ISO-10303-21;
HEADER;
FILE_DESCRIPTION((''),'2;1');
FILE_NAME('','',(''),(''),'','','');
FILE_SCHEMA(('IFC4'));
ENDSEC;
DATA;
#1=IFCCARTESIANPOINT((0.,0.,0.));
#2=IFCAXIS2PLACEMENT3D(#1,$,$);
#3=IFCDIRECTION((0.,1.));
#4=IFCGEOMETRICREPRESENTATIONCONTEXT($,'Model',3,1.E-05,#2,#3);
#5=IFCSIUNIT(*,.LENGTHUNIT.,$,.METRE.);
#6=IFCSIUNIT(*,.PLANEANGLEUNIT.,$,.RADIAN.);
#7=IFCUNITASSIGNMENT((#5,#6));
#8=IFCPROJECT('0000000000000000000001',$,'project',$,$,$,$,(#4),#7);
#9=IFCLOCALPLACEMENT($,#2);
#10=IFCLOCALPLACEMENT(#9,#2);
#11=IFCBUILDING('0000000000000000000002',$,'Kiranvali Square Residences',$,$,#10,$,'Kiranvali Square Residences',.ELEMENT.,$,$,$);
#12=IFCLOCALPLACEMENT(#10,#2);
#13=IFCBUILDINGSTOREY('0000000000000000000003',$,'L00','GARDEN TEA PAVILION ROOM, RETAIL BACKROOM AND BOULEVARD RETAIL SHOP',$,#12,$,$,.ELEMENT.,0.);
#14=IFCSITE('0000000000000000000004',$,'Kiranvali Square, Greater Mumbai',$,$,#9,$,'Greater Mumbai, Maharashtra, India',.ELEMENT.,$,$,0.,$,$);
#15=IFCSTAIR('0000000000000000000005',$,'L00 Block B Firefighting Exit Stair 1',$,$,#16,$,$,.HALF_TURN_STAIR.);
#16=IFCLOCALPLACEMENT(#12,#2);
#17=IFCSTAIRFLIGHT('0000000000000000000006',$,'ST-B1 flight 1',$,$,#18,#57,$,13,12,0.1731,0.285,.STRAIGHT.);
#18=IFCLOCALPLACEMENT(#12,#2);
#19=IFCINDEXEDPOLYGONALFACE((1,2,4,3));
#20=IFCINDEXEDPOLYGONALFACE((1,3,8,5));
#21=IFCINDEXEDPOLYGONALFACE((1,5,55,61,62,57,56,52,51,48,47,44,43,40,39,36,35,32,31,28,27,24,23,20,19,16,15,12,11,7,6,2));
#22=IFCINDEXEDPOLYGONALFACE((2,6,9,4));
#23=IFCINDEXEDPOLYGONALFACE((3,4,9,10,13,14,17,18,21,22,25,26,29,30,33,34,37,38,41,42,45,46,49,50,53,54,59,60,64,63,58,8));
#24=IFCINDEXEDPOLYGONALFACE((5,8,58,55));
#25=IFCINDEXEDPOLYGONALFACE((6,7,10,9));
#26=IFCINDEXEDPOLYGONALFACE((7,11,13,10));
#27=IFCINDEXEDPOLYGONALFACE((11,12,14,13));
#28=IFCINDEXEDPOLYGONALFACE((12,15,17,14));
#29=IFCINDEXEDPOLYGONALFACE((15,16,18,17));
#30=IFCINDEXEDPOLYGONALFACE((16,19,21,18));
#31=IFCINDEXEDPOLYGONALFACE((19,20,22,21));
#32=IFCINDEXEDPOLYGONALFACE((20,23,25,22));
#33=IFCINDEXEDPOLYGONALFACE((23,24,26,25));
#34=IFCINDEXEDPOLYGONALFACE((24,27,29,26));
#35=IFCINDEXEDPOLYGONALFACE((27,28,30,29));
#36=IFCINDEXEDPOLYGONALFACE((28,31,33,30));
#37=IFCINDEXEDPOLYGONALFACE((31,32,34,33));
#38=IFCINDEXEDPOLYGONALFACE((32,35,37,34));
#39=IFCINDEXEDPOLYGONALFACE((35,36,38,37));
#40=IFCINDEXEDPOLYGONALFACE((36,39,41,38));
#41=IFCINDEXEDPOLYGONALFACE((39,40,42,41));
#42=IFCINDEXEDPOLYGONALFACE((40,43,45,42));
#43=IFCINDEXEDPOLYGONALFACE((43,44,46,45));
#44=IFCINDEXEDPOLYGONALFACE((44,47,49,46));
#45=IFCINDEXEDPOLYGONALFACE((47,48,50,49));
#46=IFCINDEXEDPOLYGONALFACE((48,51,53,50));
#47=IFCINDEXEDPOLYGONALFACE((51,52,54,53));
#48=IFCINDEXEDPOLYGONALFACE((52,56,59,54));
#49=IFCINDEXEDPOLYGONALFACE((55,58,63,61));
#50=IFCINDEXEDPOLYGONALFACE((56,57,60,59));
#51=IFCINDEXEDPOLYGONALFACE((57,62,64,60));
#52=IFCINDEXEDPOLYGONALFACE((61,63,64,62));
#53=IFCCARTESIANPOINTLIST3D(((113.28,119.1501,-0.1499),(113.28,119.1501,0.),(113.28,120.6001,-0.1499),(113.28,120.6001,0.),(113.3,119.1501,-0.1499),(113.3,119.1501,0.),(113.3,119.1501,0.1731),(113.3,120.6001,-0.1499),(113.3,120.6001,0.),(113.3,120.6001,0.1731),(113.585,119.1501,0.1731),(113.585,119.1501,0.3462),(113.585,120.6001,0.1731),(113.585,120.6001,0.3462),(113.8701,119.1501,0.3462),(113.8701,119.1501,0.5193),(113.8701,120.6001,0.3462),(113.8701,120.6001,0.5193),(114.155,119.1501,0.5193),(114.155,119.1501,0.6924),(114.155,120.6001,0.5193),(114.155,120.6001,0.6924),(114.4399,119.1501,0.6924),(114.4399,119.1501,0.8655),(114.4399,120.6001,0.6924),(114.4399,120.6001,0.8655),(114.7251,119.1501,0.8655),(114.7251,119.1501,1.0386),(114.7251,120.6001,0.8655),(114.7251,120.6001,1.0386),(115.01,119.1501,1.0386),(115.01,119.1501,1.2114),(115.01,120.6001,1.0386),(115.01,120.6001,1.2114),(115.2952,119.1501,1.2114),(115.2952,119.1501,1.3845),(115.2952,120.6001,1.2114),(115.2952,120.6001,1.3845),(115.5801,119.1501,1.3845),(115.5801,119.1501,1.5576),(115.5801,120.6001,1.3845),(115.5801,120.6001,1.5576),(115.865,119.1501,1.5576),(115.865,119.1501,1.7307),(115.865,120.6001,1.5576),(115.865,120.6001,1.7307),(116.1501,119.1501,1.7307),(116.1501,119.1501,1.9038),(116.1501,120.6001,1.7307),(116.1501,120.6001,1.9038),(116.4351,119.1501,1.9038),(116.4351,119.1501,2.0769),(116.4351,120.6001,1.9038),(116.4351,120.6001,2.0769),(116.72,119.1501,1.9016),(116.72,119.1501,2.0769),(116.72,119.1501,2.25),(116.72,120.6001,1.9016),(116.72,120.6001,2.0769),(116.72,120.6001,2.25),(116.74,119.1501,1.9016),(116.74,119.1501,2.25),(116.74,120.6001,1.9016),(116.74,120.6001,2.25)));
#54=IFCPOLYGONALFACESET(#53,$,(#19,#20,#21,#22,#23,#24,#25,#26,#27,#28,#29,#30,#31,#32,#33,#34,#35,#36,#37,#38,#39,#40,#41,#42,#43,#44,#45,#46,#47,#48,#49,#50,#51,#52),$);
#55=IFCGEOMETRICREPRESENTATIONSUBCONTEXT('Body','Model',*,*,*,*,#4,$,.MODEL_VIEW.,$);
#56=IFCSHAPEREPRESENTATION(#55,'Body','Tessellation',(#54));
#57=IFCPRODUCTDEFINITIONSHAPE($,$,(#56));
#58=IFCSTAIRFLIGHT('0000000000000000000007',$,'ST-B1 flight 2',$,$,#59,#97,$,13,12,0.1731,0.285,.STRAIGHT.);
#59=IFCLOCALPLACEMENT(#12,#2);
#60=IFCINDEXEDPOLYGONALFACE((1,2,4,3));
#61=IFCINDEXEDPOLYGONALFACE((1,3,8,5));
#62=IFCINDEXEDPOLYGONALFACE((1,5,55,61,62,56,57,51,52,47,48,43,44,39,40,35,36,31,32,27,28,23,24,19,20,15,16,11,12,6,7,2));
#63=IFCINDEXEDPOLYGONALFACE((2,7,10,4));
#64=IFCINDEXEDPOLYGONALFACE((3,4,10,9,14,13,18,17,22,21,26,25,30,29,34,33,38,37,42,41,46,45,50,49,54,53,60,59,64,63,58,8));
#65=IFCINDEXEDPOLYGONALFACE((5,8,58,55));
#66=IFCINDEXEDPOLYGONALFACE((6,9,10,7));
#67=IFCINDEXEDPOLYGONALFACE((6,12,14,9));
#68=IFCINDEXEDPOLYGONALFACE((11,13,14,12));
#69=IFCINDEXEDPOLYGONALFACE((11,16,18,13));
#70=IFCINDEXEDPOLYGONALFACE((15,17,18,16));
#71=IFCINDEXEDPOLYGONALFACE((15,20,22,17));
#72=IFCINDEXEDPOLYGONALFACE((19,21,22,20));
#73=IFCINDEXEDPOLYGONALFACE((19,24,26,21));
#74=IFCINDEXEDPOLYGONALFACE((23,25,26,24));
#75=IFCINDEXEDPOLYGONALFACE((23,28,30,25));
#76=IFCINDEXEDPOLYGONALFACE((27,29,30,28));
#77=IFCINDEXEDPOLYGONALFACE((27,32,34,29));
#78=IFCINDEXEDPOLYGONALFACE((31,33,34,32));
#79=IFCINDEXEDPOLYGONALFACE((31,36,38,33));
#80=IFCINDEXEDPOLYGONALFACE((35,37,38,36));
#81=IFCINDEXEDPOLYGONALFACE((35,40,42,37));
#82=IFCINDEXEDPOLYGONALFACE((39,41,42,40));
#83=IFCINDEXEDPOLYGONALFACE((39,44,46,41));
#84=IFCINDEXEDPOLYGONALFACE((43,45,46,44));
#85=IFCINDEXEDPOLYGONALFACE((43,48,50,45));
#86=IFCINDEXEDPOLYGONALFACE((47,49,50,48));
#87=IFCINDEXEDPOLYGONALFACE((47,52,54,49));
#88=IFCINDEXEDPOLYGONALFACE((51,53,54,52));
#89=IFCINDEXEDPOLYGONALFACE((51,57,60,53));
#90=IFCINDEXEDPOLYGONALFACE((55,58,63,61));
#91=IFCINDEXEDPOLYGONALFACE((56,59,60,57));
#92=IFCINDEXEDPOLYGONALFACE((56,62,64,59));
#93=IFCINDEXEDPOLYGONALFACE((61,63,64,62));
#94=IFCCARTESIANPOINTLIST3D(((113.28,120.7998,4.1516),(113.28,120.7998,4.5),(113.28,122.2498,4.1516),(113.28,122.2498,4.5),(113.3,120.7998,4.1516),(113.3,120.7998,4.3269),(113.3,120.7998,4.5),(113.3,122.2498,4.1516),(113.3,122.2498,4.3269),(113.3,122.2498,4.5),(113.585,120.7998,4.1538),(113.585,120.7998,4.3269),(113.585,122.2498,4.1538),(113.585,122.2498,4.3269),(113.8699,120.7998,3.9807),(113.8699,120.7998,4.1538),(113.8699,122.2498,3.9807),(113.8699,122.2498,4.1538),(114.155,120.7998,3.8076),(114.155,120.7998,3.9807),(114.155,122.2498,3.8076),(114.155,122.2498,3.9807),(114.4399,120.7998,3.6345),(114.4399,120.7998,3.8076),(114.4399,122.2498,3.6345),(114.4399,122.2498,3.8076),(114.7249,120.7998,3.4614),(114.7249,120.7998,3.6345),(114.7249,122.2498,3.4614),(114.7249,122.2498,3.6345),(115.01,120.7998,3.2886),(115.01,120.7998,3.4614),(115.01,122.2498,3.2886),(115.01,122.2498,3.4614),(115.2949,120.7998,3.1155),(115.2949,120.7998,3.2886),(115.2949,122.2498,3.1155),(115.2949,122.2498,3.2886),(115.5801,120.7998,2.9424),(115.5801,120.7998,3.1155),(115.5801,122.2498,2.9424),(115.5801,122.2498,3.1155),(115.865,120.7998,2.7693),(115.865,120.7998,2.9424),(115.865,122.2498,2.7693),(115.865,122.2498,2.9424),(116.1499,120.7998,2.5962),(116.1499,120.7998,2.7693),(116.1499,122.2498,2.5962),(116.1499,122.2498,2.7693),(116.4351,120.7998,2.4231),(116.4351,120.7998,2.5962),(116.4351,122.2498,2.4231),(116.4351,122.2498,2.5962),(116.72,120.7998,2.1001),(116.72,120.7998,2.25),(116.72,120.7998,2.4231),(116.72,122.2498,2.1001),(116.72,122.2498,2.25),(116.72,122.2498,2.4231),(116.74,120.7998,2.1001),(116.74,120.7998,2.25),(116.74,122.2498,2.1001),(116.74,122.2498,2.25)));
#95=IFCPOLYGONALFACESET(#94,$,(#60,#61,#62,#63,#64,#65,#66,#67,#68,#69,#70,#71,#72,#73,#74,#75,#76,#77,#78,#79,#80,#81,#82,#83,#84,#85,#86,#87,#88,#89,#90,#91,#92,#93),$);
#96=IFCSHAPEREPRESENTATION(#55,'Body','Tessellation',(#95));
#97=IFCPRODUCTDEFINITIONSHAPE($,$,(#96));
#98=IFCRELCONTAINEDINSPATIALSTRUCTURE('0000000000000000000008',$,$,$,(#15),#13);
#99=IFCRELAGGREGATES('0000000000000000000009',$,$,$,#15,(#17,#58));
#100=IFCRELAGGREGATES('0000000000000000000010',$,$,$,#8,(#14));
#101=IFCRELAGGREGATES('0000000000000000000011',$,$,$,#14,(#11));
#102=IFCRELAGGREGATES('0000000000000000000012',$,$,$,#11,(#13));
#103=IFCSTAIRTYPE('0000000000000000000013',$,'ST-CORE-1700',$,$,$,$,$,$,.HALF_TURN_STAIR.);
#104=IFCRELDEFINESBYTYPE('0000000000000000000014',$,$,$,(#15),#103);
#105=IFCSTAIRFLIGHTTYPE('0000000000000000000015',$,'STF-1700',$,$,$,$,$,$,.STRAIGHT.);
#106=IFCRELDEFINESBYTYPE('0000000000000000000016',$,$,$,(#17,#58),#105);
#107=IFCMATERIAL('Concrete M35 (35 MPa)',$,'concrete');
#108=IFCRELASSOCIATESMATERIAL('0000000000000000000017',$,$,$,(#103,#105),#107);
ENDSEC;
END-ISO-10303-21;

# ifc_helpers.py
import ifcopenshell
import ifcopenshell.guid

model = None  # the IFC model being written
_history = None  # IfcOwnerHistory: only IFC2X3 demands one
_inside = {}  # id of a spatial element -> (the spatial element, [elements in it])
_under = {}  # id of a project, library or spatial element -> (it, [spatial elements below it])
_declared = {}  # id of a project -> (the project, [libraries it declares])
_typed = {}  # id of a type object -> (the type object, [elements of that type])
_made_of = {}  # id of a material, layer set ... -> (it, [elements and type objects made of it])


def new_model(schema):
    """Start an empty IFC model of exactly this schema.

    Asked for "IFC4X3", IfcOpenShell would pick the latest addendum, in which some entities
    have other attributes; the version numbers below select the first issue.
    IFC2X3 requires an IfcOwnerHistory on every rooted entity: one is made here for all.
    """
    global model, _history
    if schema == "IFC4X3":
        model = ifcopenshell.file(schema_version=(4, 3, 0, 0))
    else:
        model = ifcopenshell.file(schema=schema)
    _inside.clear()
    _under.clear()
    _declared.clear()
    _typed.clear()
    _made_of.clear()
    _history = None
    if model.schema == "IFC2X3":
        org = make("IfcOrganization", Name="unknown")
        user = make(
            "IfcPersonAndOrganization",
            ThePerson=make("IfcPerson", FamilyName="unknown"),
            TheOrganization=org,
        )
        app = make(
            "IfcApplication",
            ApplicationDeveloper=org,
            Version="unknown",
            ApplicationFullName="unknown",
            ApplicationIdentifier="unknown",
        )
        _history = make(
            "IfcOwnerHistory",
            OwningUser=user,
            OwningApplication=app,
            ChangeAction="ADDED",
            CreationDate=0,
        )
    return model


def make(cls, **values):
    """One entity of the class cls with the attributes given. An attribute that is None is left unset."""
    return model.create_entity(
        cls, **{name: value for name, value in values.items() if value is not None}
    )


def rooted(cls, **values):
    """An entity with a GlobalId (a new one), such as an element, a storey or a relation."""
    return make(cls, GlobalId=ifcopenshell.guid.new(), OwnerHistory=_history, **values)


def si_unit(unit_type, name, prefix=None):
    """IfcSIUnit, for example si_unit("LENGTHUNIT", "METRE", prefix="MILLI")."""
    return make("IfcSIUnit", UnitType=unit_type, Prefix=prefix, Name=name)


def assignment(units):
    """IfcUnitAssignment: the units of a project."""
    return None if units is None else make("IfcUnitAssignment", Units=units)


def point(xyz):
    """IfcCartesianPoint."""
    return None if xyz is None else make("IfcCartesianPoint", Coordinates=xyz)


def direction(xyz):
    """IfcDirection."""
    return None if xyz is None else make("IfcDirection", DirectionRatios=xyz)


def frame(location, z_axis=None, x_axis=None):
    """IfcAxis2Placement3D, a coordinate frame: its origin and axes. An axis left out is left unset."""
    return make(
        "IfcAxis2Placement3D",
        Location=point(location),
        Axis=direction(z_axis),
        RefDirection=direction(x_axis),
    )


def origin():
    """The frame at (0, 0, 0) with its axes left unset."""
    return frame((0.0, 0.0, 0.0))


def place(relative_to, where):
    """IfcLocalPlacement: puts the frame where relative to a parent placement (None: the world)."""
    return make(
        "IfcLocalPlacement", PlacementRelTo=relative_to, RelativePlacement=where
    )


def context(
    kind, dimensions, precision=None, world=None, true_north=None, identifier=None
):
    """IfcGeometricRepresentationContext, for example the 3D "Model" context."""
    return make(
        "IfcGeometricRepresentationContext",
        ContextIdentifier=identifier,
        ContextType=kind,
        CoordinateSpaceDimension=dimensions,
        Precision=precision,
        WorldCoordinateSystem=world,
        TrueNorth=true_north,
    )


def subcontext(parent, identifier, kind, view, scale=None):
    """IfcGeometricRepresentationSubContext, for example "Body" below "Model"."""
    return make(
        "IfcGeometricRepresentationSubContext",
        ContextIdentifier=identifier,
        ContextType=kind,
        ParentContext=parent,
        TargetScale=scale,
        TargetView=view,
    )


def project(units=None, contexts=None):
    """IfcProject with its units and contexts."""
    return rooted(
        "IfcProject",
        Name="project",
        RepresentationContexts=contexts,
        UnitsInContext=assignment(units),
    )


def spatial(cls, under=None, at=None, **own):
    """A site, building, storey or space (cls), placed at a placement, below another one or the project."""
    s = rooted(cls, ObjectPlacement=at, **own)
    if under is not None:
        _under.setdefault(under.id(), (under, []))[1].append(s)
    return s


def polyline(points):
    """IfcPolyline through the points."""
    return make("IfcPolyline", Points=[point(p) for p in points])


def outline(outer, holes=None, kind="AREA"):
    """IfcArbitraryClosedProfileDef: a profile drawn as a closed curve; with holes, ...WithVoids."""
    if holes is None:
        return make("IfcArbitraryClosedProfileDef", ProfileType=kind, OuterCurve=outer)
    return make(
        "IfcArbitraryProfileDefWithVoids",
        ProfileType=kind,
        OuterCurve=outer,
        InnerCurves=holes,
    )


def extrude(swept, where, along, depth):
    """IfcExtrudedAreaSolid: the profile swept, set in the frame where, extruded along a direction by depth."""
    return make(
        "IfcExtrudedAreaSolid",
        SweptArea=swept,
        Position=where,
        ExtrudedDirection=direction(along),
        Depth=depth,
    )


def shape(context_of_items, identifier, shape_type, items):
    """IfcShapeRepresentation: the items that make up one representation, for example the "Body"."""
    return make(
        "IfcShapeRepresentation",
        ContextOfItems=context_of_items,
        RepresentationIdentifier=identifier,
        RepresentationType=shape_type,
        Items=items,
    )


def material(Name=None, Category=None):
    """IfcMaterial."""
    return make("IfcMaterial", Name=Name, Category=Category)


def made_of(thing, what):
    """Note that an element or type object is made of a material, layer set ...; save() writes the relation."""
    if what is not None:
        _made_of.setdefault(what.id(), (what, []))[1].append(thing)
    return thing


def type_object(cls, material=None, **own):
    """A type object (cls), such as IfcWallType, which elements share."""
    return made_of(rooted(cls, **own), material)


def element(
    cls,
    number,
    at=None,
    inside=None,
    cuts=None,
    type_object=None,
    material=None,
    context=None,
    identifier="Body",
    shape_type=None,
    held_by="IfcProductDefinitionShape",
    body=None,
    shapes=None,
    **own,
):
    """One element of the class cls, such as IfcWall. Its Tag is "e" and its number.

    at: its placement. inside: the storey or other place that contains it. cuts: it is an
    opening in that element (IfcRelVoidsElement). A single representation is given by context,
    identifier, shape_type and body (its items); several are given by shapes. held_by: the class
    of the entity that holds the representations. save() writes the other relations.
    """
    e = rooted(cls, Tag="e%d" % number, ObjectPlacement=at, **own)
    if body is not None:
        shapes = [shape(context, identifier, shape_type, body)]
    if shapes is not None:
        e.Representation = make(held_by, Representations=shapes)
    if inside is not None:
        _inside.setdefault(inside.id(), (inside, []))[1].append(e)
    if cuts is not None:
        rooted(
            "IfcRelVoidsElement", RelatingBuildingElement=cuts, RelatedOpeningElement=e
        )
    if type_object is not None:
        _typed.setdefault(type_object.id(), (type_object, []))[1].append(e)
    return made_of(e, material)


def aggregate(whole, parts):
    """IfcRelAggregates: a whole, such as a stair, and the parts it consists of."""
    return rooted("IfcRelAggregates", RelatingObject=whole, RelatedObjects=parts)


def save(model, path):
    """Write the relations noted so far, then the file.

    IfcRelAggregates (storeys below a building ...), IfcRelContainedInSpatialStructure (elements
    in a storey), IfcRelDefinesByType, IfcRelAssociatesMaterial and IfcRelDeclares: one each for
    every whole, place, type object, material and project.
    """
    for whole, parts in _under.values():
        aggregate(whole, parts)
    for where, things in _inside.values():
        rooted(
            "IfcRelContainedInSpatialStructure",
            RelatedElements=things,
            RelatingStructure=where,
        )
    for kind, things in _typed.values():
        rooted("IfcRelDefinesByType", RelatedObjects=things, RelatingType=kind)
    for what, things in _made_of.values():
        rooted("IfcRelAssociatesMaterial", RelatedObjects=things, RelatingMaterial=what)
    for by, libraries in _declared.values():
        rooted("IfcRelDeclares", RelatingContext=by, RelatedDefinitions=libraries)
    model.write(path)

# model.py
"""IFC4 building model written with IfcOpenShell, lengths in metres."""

from ifc_helpers import new_model, si_unit, direction, frame, origin, place, context, subcontext, project, spatial, polyline, outline, extrude, material, type_object, element, aggregate, save


model = new_model("IFC4")

# Units and contexts
model_context = context("Model", 3, precision=1e-05, world=origin(), true_north=direction((0.0, 1.0)))
body_context = subcontext(model_context, "Body", "Model", "MODEL_VIEW")
ifc_project = project(units=[si_unit("LENGTHUNIT", "METRE"), si_unit("PLANEANGLEUNIT", "RADIAN")], contexts=[model_context])

# Site, building, storey
site_placement = place(None, origin())
site = spatial("IfcSite", under=ifc_project, at=site_placement, Name="Kiranvali Square, Greater Mumbai", LongName="Greater Mumbai, Maharashtra, India", CompositionType="ELEMENT", RefElevation=0.0)
building_placement = place(site_placement, origin())
building = spatial("IfcBuilding", under=site, at=building_placement, Name="Kiranvali Square Residences", LongName="Kiranvali Square Residences", CompositionType="ELEMENT")
storey_placement = place(building_placement, origin())
storey = spatial("IfcBuildingStorey", under=building, at=storey_placement, Name="L00", Description="GARDEN TEA PAVILION ROOM, RETAIL BACKROOM AND BOULEVARD RETAIL SHOP", CompositionType="ELEMENT", Elevation=0.0)

# Stair, stair flights
ifc_material_1 = material(Name="Concrete M35 (35 MPa)", Category="concrete")
stair_type = type_object("IfcStairType", Name="ST-CORE-1700", PredefinedType="HALF_TURN_STAIR", material=ifc_material_1)
stair_placement = place(storey_placement, origin())
stair = element("IfcStair", 1, at=stair_placement, inside=storey, type_object=stair_type, Name="L00 Block B Firefighting Exit Stair 1", PredefinedType="HALF_TURN_STAIR")
stair_flight_type = type_object("IfcStairFlightType", Name="STF-1700", PredefinedType="STRAIGHT", material=ifc_material_1)
stair_flight_1_placement = place(storey_placement, frame((113.3, 119.875, 0.0), z_axis=(0.0, 0.0, 1.0), x_axis=(1.0, 0.0, 0.0)))
stair_flight_1 = element("IfcStairFlight", 2, at=stair_flight_1_placement, type_object=stair_flight_type, Name="ST-B1 flight 1", NumberOfRisers=13, NumberOfTreads=12, PredefinedType="STRAIGHT", RiserHeight=0.1731, TreadLength=0.285, context=body_context, shape_type="SweptSolid", body=[
    extrude(outline(polyline([(-0.02, -0.1499), (-0.02, 0.0), (0.0, 0.0), (0.0, 0.1731), (0.2849, 0.1731), (0.2849, 0.3462), (0.5701, 0.3462), (0.5701, 0.5193), (0.855, 0.5193), (0.855, 0.6924), (1.1399, 0.6924), (1.1399, 0.8655), (1.425, 0.8655), (1.425, 1.0386), (1.71, 1.0386), (1.71, 1.2114), (1.9951, 1.2114), (1.9951, 1.3845), (2.28, 1.3845), (2.28, 1.5576), (2.5649, 1.5576), (2.5649, 1.7307), (2.8501, 1.7307), (2.8501, 1.9038), (3.135, 1.9038), (3.135, 2.0769), (3.4199, 2.0769), (3.4199, 2.25), (3.4399, 2.25), (3.4399, 1.9016), (3.4199, 1.9016), (0.0, -0.1499), (-0.02, -0.1499)])), frame((0.0, 0.7251, 0.0), z_axis=(0.0, -1.0, 0.0), x_axis=(1.0, 0.0, 0.0)), (0.0, 0.0, 1.0), 1.45),
])
stair_flight_2_placement = place(storey_placement, frame((116.72, 121.5249, 2.25), z_axis=(0.0, 0.0, 1.0), x_axis=(-1.0, 0.0, 0.0)))
stair_flight_2 = element("IfcStairFlight", 3, at=stair_flight_2_placement, type_object=stair_flight_type, Name="ST-B1 flight 2", NumberOfRisers=13, NumberOfTreads=12, PredefinedType="STRAIGHT", RiserHeight=0.1731, TreadLength=0.285, context=body_context, shape_type="SweptSolid", body=[
    extrude(outline(polyline([(-0.02, -0.1499), (-0.02, 0.0), (0.0, 0.0), (0.0, 0.1731), (0.2849, 0.1731), (0.2849, 0.3462), (0.5701, 0.3462), (0.5701, 0.5193), (0.855, 0.5193), (0.855, 0.6924), (1.1399, 0.6924), (1.1399, 0.8655), (1.425, 0.8655), (1.425, 1.0386), (1.71, 1.0386), (1.71, 1.2114), (1.9951, 1.2114), (1.9951, 1.3845), (2.28, 1.3845), (2.28, 1.5576), (2.5649, 1.5576), (2.5649, 1.7307), (2.8501, 1.7307), (2.8501, 1.9038), (3.135, 1.9038), (3.135, 2.0769), (3.4199, 2.0769), (3.4199, 2.25), (3.4399, 2.25), (3.4399, 1.9016), (3.4199, 1.9016), (0.0, -0.1499), (-0.02, -0.1499)])), frame((0.0, 0.7251, 0.0), z_axis=(0.0, -1.0, 0.0), x_axis=(1.0, 0.0, 0.0)), (0.0, 0.0, 1.0), 1.45),
])
aggregate(stair, [stair_flight_1, stair_flight_2])

save(model, "model.ifc")
